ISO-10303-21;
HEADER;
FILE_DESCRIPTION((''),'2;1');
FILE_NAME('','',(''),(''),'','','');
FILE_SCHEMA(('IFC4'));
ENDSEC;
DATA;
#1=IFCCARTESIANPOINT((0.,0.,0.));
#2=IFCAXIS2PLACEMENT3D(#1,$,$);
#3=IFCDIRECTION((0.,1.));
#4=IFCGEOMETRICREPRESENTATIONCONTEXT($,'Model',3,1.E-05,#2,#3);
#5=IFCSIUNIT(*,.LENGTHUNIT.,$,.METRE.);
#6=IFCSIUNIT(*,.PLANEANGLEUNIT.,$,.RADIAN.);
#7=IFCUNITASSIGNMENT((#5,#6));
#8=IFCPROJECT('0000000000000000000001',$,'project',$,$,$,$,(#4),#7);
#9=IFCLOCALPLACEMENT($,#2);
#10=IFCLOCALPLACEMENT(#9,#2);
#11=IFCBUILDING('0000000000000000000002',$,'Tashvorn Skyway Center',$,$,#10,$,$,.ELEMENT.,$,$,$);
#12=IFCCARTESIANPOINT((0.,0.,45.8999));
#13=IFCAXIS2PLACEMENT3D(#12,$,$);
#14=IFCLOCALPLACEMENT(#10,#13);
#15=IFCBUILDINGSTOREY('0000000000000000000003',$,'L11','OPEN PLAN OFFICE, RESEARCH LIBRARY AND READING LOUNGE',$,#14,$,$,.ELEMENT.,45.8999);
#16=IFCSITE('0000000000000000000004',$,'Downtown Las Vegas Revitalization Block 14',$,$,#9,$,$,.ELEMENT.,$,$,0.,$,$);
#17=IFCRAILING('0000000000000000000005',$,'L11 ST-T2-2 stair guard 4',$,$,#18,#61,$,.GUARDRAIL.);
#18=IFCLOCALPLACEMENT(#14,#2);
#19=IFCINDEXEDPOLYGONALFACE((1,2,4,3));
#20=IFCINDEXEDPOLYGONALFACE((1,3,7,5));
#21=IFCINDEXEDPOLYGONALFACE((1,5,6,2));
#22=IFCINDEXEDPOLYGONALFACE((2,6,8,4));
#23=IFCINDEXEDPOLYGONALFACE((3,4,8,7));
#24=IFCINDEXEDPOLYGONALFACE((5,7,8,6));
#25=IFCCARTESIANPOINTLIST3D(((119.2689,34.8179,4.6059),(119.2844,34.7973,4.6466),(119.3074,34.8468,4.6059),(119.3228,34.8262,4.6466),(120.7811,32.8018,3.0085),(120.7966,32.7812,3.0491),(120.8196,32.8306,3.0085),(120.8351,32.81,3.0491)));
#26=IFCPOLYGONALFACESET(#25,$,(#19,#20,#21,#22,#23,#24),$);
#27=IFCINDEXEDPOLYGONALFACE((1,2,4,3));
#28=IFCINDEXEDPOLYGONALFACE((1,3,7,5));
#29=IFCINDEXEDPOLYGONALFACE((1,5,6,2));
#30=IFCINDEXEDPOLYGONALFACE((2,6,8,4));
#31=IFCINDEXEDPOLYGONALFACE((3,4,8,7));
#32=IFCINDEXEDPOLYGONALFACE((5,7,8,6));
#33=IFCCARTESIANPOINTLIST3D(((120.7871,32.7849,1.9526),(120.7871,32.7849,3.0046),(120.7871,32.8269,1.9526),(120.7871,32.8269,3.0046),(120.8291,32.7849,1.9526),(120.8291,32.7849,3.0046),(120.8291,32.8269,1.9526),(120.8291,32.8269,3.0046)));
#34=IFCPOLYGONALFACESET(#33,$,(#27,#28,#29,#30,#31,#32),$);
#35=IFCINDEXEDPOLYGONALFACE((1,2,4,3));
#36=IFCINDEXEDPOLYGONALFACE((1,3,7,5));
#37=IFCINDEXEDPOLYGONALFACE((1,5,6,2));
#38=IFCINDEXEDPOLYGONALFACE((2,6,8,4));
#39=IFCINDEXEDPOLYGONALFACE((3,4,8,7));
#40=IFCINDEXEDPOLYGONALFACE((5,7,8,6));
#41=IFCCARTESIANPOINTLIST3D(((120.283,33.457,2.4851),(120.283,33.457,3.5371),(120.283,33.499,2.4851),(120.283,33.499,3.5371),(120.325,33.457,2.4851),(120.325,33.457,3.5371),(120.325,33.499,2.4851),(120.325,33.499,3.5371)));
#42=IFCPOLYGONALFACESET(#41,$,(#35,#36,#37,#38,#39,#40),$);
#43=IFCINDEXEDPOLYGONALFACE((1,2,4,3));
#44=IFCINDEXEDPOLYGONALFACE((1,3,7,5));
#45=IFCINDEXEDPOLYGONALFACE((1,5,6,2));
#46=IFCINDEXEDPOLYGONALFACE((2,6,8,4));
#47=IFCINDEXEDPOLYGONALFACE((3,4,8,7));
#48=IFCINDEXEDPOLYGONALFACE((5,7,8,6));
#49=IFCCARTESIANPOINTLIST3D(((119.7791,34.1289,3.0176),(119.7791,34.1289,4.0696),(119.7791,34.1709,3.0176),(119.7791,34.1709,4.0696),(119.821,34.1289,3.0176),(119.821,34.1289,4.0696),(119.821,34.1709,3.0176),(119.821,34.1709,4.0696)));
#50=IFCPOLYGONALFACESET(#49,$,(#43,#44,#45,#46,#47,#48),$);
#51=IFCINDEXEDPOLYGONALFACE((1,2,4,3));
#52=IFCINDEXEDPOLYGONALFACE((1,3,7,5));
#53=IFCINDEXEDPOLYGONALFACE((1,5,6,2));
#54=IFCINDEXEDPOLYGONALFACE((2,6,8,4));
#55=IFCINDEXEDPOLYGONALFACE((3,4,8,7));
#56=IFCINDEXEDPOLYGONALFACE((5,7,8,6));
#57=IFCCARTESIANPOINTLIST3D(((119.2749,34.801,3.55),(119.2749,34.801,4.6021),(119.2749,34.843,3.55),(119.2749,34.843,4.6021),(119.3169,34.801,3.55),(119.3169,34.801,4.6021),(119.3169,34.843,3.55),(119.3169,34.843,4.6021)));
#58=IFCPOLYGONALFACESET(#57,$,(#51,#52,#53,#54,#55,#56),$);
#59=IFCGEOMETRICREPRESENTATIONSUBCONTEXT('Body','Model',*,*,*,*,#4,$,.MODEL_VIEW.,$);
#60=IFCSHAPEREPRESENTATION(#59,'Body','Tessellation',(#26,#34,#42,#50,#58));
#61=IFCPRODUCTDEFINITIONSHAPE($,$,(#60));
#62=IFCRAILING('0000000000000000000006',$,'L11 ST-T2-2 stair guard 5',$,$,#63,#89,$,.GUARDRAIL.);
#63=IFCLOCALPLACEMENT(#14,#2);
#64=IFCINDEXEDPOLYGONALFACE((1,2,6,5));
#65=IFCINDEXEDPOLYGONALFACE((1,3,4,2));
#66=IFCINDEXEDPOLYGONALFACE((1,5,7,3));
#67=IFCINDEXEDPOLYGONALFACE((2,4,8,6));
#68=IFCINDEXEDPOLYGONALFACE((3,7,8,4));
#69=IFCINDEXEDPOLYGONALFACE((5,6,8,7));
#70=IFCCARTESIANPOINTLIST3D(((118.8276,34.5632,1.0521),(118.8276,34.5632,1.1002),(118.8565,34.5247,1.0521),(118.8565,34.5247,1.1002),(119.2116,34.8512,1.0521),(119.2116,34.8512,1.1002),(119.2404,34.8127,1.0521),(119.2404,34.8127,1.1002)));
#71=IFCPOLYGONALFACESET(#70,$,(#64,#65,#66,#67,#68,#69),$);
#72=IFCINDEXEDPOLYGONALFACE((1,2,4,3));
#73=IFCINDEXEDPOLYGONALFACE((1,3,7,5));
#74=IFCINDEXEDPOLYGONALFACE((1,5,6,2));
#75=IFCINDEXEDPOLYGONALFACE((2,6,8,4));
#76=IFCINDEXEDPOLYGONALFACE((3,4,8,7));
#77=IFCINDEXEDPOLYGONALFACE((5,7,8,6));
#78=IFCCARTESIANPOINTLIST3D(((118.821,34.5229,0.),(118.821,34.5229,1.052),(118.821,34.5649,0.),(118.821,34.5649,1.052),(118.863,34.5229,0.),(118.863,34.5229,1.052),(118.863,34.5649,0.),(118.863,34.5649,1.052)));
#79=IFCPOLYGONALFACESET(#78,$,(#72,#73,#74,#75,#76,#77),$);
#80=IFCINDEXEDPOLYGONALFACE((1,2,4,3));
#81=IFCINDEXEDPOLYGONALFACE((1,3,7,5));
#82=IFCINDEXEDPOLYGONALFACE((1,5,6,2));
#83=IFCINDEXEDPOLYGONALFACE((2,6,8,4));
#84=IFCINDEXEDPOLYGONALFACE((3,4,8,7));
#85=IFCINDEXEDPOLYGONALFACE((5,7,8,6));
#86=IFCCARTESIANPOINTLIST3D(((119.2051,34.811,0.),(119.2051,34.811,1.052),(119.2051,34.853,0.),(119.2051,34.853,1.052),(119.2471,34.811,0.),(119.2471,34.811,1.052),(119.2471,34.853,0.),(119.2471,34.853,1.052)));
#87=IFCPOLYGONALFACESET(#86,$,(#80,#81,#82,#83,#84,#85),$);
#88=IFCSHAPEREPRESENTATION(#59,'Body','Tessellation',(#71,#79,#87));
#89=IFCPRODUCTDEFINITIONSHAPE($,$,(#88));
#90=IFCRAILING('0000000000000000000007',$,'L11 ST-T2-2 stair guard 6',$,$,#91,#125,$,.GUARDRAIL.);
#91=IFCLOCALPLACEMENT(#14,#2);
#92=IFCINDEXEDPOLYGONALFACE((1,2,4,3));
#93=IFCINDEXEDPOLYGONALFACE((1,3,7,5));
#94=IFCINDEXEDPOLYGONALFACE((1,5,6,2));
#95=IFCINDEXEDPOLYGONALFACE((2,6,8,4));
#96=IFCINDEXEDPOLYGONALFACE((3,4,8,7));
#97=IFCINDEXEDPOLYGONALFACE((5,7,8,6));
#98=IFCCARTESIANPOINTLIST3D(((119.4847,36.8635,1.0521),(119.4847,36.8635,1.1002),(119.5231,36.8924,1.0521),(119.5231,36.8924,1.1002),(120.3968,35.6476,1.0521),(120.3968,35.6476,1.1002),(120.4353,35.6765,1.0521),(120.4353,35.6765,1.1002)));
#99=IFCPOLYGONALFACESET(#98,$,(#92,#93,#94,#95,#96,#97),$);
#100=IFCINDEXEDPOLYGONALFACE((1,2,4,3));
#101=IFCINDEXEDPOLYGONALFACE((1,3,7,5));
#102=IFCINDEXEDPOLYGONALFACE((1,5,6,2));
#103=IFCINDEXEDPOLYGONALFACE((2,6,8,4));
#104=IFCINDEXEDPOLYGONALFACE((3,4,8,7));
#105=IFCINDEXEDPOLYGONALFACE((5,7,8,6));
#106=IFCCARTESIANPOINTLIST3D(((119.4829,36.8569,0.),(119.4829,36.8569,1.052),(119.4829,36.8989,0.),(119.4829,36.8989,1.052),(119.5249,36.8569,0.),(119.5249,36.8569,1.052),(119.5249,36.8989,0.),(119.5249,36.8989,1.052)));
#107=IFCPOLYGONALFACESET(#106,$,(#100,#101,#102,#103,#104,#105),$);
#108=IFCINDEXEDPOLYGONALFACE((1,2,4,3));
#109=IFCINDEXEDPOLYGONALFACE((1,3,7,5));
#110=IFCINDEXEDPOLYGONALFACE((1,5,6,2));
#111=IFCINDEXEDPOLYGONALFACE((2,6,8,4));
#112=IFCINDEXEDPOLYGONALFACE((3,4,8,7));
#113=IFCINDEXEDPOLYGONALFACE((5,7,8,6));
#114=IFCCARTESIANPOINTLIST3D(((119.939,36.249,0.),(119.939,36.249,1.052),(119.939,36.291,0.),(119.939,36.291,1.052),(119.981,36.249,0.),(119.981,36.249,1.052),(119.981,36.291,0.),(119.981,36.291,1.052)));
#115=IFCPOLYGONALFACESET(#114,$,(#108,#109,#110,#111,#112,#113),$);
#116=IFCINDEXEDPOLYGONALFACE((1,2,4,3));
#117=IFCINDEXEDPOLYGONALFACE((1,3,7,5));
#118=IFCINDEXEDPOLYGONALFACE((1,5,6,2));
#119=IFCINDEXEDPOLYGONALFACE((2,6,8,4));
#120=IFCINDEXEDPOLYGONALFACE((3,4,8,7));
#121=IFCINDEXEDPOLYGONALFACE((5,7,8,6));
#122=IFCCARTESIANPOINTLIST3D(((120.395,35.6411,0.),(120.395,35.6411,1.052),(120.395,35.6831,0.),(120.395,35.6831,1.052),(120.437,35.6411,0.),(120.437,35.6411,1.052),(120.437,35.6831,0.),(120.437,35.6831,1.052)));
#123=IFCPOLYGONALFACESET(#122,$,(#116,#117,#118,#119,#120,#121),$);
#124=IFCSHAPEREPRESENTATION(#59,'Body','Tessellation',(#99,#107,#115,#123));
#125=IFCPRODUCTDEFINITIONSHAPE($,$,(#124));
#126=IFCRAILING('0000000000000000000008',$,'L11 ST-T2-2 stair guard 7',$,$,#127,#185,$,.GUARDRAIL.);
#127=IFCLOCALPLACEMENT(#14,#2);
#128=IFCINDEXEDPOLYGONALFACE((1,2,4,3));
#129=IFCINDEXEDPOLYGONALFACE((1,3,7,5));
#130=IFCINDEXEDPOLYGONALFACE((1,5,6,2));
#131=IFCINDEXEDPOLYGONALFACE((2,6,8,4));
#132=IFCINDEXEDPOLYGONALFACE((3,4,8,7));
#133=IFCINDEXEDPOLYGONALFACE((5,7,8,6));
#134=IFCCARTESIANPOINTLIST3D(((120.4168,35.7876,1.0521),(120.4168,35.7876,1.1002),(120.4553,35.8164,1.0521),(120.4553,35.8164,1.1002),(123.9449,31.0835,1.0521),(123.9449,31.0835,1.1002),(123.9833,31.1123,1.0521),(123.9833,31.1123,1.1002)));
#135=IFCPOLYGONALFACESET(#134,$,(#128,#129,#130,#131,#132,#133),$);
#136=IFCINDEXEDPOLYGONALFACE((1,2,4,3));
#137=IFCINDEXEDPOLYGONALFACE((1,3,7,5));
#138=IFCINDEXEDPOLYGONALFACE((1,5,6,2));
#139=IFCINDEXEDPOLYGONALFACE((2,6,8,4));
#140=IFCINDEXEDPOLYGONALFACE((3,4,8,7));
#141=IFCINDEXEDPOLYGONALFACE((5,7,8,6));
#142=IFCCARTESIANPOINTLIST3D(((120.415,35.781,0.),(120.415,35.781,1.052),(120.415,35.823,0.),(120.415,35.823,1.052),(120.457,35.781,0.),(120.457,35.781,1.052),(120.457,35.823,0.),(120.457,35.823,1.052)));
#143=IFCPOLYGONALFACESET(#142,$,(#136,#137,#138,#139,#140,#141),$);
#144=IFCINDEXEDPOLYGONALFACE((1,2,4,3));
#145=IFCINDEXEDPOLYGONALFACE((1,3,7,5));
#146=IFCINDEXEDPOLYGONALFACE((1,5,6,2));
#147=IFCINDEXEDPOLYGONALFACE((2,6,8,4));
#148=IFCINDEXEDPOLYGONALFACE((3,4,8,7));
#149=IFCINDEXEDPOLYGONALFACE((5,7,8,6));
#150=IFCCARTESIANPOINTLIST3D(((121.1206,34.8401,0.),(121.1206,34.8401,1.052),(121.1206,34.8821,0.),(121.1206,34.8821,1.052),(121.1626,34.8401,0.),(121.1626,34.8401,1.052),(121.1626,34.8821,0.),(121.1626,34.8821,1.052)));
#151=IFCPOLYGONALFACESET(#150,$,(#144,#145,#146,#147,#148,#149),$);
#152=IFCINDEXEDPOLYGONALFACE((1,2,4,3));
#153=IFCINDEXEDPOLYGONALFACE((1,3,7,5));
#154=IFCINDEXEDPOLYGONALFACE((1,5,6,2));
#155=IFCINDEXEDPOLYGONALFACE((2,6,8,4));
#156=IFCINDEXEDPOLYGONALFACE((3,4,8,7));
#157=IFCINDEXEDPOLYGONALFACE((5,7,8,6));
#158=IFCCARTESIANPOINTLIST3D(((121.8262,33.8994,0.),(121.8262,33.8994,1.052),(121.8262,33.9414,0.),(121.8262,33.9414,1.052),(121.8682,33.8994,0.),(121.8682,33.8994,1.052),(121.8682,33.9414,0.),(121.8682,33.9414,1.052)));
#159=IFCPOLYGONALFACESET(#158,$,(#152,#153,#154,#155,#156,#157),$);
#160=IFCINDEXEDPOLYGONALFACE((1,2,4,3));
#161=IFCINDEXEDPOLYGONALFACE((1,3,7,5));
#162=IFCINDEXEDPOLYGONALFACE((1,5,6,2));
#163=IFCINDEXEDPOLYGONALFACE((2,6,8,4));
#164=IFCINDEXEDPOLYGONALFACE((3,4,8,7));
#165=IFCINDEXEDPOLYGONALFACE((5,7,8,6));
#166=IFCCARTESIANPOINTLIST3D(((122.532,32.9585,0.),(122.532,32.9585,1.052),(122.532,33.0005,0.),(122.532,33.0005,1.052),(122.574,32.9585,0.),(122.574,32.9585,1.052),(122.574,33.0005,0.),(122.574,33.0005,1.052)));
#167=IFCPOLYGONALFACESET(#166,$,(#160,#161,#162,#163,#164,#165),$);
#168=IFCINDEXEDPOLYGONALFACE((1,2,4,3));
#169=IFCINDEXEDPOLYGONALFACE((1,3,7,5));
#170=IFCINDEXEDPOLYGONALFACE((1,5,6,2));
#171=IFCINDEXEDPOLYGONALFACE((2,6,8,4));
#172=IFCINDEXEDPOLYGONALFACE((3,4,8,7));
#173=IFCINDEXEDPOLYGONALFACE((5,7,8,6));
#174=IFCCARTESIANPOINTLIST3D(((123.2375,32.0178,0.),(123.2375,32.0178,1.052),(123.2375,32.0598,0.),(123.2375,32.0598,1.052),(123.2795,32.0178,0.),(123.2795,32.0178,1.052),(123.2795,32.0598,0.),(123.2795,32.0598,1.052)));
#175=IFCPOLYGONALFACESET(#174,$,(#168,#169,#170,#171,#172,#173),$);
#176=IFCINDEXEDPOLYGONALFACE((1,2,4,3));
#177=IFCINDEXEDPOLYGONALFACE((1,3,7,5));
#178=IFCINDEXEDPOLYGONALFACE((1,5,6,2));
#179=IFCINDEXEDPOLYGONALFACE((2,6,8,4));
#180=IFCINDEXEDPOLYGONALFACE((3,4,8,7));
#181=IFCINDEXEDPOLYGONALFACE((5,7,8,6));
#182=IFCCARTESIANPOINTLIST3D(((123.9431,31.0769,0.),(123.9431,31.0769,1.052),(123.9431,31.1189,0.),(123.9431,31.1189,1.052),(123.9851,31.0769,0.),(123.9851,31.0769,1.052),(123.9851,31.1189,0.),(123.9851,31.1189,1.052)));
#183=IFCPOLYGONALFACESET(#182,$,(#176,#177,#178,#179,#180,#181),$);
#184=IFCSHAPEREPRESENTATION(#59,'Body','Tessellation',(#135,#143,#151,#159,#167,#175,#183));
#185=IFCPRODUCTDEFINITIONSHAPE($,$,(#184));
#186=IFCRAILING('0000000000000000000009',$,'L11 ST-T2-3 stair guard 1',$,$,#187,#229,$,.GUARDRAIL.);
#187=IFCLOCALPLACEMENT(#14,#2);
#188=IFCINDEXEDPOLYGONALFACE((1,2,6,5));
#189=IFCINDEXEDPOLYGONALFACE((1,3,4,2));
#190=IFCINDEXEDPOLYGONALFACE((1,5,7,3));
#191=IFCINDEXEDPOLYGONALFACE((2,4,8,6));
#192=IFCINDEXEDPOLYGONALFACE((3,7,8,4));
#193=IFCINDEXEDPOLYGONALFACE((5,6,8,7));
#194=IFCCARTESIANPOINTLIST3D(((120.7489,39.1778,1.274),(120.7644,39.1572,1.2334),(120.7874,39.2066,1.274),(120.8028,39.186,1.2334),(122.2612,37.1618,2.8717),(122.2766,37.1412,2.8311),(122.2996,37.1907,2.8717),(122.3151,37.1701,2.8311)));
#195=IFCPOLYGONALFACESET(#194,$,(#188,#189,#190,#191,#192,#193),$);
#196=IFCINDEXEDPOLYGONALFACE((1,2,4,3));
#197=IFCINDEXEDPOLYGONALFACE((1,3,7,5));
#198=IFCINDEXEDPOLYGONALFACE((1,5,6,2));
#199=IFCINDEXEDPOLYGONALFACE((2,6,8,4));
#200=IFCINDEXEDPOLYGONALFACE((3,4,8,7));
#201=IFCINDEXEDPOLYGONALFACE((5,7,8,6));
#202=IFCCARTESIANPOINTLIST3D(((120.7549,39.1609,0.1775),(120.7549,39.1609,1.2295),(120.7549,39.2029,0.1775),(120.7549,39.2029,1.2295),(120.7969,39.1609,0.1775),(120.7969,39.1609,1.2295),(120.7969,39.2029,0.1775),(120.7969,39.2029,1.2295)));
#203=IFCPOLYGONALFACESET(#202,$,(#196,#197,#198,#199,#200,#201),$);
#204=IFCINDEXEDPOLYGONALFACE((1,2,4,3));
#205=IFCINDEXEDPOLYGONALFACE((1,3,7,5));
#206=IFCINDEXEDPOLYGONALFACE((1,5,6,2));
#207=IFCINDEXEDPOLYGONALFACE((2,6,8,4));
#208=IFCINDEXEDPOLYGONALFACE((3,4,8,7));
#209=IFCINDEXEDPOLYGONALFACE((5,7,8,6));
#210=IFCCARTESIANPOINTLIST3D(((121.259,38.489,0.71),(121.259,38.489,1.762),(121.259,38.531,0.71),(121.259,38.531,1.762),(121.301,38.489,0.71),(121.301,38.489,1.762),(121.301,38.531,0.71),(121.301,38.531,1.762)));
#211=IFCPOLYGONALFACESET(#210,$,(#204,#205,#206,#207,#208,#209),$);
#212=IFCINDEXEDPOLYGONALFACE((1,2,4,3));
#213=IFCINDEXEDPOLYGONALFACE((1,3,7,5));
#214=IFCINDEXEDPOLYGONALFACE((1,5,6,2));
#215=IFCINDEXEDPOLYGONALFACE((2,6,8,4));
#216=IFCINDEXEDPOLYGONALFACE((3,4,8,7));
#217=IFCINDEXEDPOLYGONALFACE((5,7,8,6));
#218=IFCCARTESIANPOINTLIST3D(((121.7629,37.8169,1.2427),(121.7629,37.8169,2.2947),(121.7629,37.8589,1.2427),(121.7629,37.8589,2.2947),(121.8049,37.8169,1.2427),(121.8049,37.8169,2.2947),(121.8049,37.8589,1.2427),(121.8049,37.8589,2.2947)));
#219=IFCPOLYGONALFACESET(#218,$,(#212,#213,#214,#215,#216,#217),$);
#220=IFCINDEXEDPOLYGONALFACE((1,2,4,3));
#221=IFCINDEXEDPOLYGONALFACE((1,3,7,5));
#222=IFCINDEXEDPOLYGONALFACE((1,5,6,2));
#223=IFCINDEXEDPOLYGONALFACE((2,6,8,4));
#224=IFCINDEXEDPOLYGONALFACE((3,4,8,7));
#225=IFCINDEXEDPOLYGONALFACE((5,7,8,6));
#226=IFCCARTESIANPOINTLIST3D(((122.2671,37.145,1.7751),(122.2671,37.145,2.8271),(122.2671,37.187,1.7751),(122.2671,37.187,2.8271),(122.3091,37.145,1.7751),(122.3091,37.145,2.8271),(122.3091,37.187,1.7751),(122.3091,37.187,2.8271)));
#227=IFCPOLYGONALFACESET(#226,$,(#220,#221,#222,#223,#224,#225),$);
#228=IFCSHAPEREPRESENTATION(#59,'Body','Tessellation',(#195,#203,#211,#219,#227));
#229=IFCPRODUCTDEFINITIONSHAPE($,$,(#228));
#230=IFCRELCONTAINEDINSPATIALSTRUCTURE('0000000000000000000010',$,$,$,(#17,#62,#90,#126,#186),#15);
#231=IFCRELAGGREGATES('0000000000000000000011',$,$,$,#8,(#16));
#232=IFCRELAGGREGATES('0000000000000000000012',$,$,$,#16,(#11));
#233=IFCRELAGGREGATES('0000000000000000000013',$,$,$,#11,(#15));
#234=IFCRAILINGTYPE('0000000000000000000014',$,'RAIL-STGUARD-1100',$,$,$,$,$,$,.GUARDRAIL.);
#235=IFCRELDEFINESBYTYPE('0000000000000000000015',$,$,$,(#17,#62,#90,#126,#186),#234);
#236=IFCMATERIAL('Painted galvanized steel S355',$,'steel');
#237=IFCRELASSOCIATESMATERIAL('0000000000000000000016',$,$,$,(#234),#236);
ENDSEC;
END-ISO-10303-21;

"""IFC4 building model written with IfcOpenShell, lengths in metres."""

from ifc_helpers import new_model, si_unit, direction, frame, origin, origin_2d, place, context, subcontext, project, spatial, rectangle, extrude, material, type_object, element, save


model = new_model("IFC4")

# Units and contexts
model_context = context("Model", 3, precision=1e-05, world=origin(), true_north=direction((0.0, 1.0)))
body_context = subcontext(model_context, "Body", "Model", "MODEL_VIEW")
ifc_project = project(units=[si_unit("LENGTHUNIT", "METRE"), si_unit("PLANEANGLEUNIT", "RADIAN")], contexts=[model_context])

# Site, building, storey
site_placement = place(None, origin())
site = spatial("IfcSite", under=ifc_project, at=site_placement, Name="Downtown Las Vegas Revitalization Block 14", CompositionType="ELEMENT", RefElevation=0.0)
building_placement = place(site_placement, origin())
building = spatial("IfcBuilding", under=site, at=building_placement, Name="Tashvorn Skyway Center", CompositionType="ELEMENT")
storey_placement = place(building_placement, frame((0.0, 0.0, 45.8999)))
storey = spatial("IfcBuildingStorey", under=building, at=storey_placement, Name="L11", Description="OPEN PLAN OFFICE, RESEARCH LIBRARY AND READING LOUNGE", CompositionType="ELEMENT", Elevation=45.8999)

# Railings
ifc_material_1 = material(Name="Painted galvanized steel S355", Category="steel")
railing_type_1 = type_object("IfcRailingType", Name="RAIL-STGUARD-1100", PredefinedType="GUARDRAIL", material=ifc_material_1)
railing_1_placement = place(storey_placement, frame((120.8081, 32.8059, 1.9526)))
element("IfcRailing", 1, at=railing_1_placement, inside=storey, type_object=railing_type_1, Name="L11 ST-T2-2 stair guard 4", PredefinedType="GUARDRAIL", context=body_context, shape_type="SweptSolid", body=[
    extrude(rectangle(XDim=0.0481, YDim=0.0481, at=origin_2d()), frame((0.0, 0.0, 1.0762), z_axis=(-0.506802, 0.675681, 0.535357), x_axis=(-0.799977, -0.600031, 0.0)), (0.0, 0.0, 1.0), 2.9839),
    extrude(rectangle(XDim=0.042, YDim=0.042, at=origin_2d()), origin(), (0.0, 0.0, 1.0), 1.052),
    extrude(rectangle(XDim=0.042, YDim=0.042, at=origin_2d()), frame((-0.5042, 0.6721, 0.5325)), (0.0, 0.0, 1.0), 1.052),
    extrude(rectangle(XDim=0.042, YDim=0.042, at=origin_2d()), frame((-1.0081, 1.344, 1.0649)), (0.0, 0.0, 1.0), 1.052),
    extrude(rectangle(XDim=0.042, YDim=0.042, at=origin_2d()), frame((-1.5122, 2.0161, 1.5974)), (0.0, 0.0, 1.0), 1.052),
])
railing_2_placement = place(storey_placement, frame((118.842, 34.5439, 0.0)))
element("IfcRailing", 2, at=railing_2_placement, inside=storey, type_object=railing_type_1, Name="L11 ST-T2-2 stair guard 5", PredefinedType="GUARDRAIL", context=body_context, shape_type="SweptSolid", body=[
    extrude(rectangle(XDim=0.0481, YDim=0.0481, at=origin_2d()), frame((0.0, 0.0, 1.0762), z_axis=(0.799939, 0.600081, 0.0), x_axis=(-0.600081, 0.799939, 0.0)), (0.0, 0.0, 1.0), 0.48),
    extrude(rectangle(XDim=0.042, YDim=0.042, at=origin_2d()), origin(), (0.0, 0.0, 1.0), 1.052),
    extrude(rectangle(XDim=0.042, YDim=0.042, at=origin_2d()), frame((0.384, 0.2881, 0.0)), (0.0, 0.0, 1.0), 1.052),
])
railing_3_placement = place(storey_placement, frame((119.5039, 36.8779, 0.0)))
element("IfcRailing", 3, at=railing_3_placement, inside=storey, type_object=railing_type_1, Name="L11 ST-T2-2 stair guard 6", PredefinedType="GUARDRAIL", context=body_context, shape_type="SweptSolid", body=[
    extrude(rectangle(XDim=0.0481, YDim=0.0481, at=origin_2d()), frame((0.0, 0.0, 1.0762), z_axis=(0.600103, -0.799923, 0.0), x_axis=(0.799923, 0.600103, 0.0)), (0.0, 0.0, 1.0), 1.52),
    extrude(rectangle(XDim=0.042, YDim=0.042, at=origin_2d()), origin(), (0.0, 0.0, 1.0), 1.052),
    extrude(rectangle(XDim=0.042, YDim=0.042, at=origin_2d()), frame((0.4561, -0.6079, 0.0)), (0.0, 0.0, 1.0), 1.052),
    extrude(rectangle(XDim=0.042, YDim=0.042, at=origin_2d()), frame((0.9121, -1.2158, 0.0)), (0.0, 0.0, 1.0), 1.052),
])
railing_4_placement = place(storey_placement, frame((120.436, 35.802, 0.0)))
element("IfcRailing", 4, at=railing_4_placement, inside=storey, type_object=railing_type_1, Name="L11 ST-T2-2 stair guard 7", PredefinedType="GUARDRAIL", context=body_context, shape_type="SweptSolid", body=[
    extrude(rectangle(XDim=0.0481, YDim=0.0481, at=origin_2d()), frame((0.0, 0.0, 1.0762), z_axis=(0.6, -0.8, 0.0), x_axis=(0.8, 0.6, 0.0)), (0.0, 0.0, 1.0), 5.8801),
    extrude(rectangle(XDim=0.042, YDim=0.042, at=origin_2d()), origin(), (0.0, 0.0, 1.0), 1.052),
    extrude(rectangle(XDim=0.042, YDim=0.042, at=origin_2d()), frame((0.7056, -0.9409, 0.0)), (0.0, 0.0, 1.0), 1.052),
    extrude(rectangle(XDim=0.042, YDim=0.042, at=origin_2d()), frame((1.4111, -1.8816, 0.0)), (0.0, 0.0, 1.0), 1.052),
    extrude(rectangle(XDim=0.042, YDim=0.042, at=origin_2d()), frame((2.1169, -2.8225, 0.0)), (0.0, 0.0, 1.0), 1.052),
    extrude(rectangle(XDim=0.042, YDim=0.042, at=origin_2d()), frame((2.8225, -3.7632, 0.0)), (0.0, 0.0, 1.0), 1.052),
    extrude(rectangle(XDim=0.042, YDim=0.042, at=origin_2d()), frame((3.5281, -4.7041, 0.0)), (0.0, 0.0, 1.0), 1.052),
])
railing_5_placement = place(storey_placement, frame((120.7759, 39.1819, 0.1775)))
element("IfcRailing", 5, at=railing_5_placement, inside=storey, type_object=railing_type_1, Name="L11 ST-T2-3 stair guard 1", PredefinedType="GUARDRAIL", context=body_context, shape_type="SweptSolid", body=[
    extrude(rectangle(XDim=0.0481, YDim=0.0481, at=origin_2d()), frame((0.0, 0.0, 1.0762), z_axis=(0.506807, -0.675607, 0.535445), x_axis=(0.799942, 0.600078, 0.0)), (0.0, 0.0, 1.0), 2.9839),
    extrude(rectangle(XDim=0.042, YDim=0.042, at=origin_2d()), origin(), (0.0, 0.0, 1.0), 1.052),
    extrude(rectangle(XDim=0.042, YDim=0.042, at=origin_2d()), frame((0.5042, -0.6719, 0.5325)), (0.0, 0.0, 1.0), 1.052),
    extrude(rectangle(XDim=0.042, YDim=0.042, at=origin_2d()), frame((1.0081, -1.344, 1.0652)), (0.0, 0.0, 1.0), 1.052),
    extrude(rectangle(XDim=0.042, YDim=0.042, at=origin_2d()), frame((1.5122, -2.0159, 1.5977)), (0.0, 0.0, 1.0), 1.052),
])

save(model, "model.ifc")
